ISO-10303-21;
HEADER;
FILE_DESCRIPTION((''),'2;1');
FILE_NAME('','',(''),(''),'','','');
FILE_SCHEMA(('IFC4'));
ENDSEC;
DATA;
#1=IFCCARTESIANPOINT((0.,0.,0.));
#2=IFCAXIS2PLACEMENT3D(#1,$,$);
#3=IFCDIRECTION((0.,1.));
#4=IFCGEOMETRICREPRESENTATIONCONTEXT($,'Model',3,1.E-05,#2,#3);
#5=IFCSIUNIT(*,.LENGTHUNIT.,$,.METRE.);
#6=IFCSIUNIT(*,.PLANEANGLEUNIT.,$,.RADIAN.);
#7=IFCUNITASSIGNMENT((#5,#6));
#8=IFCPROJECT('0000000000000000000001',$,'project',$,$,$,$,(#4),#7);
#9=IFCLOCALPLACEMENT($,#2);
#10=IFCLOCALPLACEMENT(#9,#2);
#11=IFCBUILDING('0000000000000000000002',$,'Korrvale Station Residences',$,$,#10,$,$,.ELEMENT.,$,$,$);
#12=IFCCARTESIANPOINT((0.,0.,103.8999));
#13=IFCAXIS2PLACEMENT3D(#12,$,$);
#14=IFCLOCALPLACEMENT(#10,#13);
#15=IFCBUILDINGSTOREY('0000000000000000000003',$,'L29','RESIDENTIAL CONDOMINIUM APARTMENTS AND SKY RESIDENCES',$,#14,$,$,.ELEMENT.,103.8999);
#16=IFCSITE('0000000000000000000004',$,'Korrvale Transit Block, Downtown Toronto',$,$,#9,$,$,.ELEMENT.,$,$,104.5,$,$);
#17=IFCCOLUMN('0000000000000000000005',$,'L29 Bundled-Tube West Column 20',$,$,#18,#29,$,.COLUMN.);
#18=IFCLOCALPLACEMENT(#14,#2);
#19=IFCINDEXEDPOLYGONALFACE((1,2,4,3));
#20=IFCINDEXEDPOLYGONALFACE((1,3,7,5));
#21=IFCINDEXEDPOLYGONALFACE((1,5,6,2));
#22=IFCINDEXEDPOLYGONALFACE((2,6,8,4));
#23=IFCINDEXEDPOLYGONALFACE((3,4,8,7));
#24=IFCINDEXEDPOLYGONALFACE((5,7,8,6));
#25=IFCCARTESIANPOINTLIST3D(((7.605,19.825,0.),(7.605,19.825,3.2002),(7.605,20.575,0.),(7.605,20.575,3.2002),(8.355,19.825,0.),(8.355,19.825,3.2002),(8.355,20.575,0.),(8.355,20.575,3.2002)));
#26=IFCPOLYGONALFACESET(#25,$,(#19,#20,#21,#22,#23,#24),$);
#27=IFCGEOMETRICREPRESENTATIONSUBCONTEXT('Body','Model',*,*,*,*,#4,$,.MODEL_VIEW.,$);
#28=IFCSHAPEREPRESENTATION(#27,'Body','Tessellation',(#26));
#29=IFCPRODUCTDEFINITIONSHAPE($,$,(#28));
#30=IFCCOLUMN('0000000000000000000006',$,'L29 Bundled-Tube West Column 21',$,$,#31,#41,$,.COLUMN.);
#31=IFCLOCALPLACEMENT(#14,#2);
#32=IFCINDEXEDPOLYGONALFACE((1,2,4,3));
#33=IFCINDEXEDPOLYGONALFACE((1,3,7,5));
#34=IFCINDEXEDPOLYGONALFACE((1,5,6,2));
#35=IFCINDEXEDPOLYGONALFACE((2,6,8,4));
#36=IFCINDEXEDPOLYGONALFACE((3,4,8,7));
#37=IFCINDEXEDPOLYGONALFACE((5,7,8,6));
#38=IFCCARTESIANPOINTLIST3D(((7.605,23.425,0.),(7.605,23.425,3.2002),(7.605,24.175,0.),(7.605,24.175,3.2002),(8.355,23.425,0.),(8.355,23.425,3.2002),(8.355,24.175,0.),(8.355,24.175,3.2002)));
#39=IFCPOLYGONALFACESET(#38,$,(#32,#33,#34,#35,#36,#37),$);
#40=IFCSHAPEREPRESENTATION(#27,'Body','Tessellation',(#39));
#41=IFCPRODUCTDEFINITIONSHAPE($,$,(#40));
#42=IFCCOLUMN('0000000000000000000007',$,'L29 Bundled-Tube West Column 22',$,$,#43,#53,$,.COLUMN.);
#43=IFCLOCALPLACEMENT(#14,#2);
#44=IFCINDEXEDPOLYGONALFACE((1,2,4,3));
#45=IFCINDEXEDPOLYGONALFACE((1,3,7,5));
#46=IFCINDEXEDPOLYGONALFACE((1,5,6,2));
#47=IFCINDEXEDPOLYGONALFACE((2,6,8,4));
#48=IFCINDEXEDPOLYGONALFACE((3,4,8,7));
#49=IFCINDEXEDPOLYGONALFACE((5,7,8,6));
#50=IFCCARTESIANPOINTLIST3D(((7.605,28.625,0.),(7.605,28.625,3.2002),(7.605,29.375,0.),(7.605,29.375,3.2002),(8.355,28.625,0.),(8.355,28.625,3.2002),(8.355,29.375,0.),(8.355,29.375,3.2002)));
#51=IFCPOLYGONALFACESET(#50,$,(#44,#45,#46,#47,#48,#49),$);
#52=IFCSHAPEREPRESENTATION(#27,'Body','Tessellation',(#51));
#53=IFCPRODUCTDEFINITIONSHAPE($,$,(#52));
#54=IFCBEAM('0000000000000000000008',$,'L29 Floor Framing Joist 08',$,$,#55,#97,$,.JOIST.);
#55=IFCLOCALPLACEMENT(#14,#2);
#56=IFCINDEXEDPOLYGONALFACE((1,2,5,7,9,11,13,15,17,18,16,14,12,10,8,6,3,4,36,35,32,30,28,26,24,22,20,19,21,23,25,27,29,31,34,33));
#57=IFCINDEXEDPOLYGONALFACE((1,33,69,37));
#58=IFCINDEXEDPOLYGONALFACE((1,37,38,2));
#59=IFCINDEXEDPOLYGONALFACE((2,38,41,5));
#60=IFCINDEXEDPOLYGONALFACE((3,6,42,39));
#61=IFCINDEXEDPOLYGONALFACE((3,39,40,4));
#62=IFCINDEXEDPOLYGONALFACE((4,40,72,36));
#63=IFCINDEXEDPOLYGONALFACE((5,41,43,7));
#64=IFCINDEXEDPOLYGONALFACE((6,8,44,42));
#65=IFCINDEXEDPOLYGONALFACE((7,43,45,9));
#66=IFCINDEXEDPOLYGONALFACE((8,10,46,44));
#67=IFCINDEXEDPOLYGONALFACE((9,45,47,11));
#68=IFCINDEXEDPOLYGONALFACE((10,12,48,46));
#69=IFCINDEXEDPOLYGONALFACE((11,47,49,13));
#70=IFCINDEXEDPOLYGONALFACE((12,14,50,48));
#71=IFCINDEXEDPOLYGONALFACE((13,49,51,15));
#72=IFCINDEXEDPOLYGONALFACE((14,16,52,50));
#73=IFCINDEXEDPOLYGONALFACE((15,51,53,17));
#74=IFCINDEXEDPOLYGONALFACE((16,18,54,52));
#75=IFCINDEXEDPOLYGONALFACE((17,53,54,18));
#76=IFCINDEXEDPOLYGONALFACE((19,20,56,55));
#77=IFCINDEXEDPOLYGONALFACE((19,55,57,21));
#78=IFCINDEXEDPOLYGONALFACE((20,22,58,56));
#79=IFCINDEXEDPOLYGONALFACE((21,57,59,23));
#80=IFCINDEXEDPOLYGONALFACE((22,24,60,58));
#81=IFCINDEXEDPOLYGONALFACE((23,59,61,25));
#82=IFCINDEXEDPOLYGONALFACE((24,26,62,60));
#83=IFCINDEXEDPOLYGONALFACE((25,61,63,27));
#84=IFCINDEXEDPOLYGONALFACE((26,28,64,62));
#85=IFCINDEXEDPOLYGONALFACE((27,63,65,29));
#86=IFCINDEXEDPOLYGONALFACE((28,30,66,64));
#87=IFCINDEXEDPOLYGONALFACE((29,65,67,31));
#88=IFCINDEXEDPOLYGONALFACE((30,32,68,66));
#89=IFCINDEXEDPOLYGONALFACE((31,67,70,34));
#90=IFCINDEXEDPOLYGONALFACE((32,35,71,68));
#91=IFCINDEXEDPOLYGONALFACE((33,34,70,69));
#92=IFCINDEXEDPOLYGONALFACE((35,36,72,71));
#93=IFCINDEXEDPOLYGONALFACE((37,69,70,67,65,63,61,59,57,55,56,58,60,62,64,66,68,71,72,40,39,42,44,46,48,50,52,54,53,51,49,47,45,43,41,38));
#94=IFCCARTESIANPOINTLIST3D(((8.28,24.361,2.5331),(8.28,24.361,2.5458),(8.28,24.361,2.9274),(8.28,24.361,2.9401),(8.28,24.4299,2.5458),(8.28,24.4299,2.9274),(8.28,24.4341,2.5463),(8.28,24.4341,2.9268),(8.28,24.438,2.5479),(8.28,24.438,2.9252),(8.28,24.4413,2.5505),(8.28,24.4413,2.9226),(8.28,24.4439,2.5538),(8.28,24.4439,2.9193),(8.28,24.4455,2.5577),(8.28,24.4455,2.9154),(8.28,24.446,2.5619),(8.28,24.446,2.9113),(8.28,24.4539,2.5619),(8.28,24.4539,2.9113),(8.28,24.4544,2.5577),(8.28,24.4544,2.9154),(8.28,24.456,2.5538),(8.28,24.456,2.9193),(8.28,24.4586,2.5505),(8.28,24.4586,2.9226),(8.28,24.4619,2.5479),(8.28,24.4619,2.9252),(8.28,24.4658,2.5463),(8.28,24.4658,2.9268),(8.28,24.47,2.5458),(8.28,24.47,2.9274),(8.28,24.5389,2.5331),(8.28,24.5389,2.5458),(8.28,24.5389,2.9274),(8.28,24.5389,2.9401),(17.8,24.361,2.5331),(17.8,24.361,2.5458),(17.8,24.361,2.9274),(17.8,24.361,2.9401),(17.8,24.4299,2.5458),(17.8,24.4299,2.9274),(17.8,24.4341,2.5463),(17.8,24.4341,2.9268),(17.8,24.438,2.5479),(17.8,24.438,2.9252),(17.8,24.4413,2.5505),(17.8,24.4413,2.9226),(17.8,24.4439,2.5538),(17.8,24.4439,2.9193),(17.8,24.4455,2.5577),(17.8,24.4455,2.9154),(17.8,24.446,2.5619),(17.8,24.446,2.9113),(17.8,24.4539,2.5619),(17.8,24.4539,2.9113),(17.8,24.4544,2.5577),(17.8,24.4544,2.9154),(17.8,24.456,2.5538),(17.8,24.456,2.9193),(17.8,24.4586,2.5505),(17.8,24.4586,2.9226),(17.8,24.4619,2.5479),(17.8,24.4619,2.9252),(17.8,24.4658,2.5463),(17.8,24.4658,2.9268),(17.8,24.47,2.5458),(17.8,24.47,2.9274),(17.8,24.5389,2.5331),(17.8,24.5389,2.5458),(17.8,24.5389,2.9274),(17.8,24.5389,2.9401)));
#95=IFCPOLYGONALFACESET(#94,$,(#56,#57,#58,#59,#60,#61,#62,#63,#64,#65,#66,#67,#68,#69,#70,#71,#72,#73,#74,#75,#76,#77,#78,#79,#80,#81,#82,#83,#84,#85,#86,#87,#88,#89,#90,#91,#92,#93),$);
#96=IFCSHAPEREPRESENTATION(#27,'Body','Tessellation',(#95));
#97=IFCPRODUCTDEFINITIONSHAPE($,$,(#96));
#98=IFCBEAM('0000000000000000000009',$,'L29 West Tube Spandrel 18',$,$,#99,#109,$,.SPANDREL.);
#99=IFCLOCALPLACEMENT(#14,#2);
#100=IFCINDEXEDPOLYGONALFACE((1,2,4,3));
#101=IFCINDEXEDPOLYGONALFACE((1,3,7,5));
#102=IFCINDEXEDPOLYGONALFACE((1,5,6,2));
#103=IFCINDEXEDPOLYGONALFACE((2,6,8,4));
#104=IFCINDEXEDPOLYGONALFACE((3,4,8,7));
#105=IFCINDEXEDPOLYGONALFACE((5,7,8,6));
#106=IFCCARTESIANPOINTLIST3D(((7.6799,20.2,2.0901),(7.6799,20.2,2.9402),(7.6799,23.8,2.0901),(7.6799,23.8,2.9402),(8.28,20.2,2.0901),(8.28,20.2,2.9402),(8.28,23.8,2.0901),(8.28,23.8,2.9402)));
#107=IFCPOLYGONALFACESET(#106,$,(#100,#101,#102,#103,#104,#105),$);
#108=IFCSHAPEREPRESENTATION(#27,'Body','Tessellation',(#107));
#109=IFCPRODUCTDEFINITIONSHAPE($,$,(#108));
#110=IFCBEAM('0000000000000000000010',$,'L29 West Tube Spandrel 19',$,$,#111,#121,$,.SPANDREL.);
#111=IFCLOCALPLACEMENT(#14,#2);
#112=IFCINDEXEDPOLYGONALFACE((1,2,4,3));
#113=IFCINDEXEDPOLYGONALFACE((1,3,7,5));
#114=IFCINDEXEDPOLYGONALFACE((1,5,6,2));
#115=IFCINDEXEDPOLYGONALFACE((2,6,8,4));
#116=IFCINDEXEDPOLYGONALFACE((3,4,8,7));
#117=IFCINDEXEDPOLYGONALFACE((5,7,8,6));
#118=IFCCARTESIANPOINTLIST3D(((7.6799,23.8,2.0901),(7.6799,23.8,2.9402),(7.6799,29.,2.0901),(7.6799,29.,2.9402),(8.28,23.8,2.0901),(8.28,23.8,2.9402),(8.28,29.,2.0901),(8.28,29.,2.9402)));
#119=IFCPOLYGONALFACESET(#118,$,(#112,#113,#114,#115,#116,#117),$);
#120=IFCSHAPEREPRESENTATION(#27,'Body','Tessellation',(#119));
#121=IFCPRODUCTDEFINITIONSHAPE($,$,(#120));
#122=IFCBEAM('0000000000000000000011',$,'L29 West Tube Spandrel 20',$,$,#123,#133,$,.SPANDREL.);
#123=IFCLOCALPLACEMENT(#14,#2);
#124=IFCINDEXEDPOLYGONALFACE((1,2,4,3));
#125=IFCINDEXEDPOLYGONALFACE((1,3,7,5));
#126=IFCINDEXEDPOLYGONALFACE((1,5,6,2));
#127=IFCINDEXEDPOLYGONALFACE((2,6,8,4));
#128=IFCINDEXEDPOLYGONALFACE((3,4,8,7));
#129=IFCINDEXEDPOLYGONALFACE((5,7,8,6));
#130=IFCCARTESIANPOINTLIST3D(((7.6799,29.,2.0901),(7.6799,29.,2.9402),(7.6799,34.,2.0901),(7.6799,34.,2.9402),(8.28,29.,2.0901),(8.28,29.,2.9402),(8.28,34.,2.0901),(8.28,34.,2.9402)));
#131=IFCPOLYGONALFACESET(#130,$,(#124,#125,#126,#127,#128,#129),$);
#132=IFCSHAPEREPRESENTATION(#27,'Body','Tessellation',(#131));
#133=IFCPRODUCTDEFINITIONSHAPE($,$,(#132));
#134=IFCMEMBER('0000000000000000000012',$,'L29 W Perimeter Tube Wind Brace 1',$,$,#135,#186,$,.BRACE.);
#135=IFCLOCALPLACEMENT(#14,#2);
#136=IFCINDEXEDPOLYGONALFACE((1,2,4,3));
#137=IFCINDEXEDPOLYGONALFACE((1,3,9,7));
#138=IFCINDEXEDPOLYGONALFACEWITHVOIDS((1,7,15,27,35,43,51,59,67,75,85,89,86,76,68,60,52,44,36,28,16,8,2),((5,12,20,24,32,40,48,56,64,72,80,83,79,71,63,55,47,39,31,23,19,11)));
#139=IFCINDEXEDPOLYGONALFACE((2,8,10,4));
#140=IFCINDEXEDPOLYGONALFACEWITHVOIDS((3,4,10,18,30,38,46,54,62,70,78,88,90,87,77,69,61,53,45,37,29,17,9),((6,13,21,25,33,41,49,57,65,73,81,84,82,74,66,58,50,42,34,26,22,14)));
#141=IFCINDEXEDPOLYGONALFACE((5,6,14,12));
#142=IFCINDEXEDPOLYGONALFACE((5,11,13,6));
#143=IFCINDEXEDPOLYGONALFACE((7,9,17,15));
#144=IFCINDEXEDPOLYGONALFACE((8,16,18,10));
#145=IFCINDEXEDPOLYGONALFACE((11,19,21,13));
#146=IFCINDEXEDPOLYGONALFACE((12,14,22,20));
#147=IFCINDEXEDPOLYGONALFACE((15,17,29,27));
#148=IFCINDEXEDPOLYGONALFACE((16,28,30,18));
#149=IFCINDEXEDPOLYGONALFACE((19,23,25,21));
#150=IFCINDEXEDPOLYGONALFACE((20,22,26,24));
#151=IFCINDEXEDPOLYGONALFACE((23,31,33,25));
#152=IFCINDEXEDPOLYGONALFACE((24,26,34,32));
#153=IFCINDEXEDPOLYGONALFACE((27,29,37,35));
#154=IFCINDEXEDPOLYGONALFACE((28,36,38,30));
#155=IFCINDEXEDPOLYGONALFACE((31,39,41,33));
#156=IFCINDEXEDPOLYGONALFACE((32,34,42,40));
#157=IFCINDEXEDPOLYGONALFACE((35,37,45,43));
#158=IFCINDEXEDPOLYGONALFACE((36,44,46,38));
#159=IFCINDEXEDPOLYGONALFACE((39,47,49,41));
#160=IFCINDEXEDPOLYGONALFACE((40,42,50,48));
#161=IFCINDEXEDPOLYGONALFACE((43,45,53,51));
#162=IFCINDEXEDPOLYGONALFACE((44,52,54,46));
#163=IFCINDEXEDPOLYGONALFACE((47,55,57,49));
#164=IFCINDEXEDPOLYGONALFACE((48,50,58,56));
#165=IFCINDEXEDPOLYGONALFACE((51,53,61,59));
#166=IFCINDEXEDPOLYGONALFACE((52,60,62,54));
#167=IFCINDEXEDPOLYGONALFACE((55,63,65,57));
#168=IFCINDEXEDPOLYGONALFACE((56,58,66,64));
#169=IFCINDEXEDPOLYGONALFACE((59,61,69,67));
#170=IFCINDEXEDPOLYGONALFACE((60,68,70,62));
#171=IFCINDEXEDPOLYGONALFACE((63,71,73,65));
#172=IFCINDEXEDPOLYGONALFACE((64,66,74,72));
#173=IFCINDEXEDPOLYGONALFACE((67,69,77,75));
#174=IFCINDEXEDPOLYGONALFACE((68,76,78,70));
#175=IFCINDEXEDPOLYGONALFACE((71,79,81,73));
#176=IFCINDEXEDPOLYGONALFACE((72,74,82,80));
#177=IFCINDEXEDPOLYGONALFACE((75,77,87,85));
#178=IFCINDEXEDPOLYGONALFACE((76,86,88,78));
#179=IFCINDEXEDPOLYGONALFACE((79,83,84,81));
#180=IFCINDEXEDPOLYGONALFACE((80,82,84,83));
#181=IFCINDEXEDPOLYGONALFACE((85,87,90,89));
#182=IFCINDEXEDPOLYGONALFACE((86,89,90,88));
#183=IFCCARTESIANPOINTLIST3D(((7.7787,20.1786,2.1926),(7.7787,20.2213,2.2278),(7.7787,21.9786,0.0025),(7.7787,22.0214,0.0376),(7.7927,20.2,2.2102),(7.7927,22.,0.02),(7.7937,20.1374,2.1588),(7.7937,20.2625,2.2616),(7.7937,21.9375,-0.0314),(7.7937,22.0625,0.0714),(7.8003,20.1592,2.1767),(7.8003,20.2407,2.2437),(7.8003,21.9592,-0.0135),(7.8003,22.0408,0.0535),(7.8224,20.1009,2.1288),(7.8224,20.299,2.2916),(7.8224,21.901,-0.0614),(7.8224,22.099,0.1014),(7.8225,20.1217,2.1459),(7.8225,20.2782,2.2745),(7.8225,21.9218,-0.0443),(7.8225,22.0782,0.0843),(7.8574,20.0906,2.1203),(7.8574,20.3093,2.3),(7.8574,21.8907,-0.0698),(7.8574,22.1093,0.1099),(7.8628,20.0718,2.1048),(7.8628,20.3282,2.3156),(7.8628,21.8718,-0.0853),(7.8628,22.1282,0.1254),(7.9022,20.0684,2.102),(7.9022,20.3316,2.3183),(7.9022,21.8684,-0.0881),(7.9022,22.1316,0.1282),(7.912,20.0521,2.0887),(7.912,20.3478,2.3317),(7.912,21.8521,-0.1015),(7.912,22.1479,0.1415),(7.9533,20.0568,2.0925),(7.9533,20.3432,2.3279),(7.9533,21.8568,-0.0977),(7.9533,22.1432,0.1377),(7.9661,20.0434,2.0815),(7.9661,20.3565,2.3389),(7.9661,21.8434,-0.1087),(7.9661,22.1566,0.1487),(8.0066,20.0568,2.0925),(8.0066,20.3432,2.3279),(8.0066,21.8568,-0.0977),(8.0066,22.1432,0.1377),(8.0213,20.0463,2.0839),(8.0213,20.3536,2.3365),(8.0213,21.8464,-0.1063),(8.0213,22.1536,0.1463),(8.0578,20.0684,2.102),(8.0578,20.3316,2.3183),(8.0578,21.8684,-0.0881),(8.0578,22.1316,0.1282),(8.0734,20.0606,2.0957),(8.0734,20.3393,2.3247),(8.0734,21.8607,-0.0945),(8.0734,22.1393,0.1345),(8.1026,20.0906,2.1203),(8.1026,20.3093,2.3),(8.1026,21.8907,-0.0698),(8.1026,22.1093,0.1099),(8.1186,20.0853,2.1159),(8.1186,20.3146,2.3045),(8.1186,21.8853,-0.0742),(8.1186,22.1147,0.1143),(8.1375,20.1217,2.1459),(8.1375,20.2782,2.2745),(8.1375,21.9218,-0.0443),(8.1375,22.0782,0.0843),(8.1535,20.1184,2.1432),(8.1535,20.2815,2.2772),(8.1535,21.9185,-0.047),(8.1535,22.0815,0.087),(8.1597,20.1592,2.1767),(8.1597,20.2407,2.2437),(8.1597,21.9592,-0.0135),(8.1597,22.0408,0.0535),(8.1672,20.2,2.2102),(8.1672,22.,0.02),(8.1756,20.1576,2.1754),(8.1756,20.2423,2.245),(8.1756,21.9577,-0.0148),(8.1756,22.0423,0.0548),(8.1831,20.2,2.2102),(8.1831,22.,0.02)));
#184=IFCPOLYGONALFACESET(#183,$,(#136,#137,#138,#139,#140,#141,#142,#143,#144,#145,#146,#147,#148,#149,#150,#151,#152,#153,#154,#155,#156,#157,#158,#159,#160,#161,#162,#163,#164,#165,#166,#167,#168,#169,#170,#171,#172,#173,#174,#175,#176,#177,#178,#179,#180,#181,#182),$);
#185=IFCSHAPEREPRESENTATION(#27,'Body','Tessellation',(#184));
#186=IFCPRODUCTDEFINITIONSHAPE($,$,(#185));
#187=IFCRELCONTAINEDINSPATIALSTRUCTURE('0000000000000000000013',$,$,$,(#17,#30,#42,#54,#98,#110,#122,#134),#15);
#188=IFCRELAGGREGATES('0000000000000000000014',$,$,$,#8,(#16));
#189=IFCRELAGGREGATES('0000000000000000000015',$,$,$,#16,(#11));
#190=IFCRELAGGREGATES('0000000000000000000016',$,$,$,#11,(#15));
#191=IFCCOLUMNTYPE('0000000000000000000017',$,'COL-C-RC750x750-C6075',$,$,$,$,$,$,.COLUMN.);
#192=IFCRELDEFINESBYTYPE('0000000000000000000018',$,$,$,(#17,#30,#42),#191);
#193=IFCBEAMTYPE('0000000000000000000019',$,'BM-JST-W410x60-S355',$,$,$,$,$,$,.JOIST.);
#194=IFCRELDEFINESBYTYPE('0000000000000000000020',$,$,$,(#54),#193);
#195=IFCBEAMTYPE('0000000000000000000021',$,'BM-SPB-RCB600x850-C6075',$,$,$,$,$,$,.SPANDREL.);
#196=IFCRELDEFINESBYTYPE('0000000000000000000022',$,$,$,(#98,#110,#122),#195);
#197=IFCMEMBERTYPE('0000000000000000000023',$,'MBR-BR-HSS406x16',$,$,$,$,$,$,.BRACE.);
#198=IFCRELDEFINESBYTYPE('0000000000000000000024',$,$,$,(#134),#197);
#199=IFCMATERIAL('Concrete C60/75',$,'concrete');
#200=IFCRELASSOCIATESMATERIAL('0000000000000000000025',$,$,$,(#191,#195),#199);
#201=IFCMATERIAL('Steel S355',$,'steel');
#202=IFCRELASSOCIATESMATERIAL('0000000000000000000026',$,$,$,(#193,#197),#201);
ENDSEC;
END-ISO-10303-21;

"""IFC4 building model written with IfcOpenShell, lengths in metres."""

from ifc_helpers import new_model, si_unit, direction, frame, origin, origin_2d, place, context, subcontext, project, spatial, rectangle, hollow_circle, i_section, extrude, material, material_profile, profile_set, type_object, element, save


model = new_model("IFC4")

# Units and contexts
model_context = context("Model", 3, precision=1e-05, world=origin(), true_north=direction((0.0, 1.0)))
body_context = subcontext(model_context, "Body", "Model", "MODEL_VIEW")
ifc_project = project(units=[si_unit("LENGTHUNIT", "METRE"), si_unit("PLANEANGLEUNIT", "RADIAN")], contexts=[model_context])

# Site, building, storey
site_placement = place(None, origin())
site = spatial("IfcSite", under=ifc_project, at=site_placement, Name="Korrvale Transit Block, Downtown Toronto", CompositionType="ELEMENT", RefElevation=104.5)
building_placement = place(site_placement, origin())
building = spatial("IfcBuilding", under=site, at=building_placement, Name="Korrvale Station Residences", CompositionType="ELEMENT")
storey_placement = place(building_placement, frame((0.0, 0.0, 103.8999)))
storey = spatial("IfcBuildingStorey", under=building, at=storey_placement, Name="L29", Description="RESIDENTIAL CONDOMINIUM APARTMENTS AND SKY RESIDENCES", CompositionType="ELEMENT", Elevation=103.8999)

# Columns
ifc_material_1 = material(Name="Concrete C60/75", Category="concrete")
ifc_material_profile_1 = material_profile(ifc_material_1, rectangle(XDim=0.75, YDim=0.75, at=origin_2d()), Name="RC750x750")
ifc_profile_set_1 = profile_set([ifc_material_profile_1], Name="Concrete C60/75")
column_type = type_object("IfcColumnType", Name="COL-C-RC750x750-C6075", PredefinedType="COLUMN", material=ifc_profile_set_1)
for number, where, z_axis, x_axis, name in (
    (1, (7.98, 20.2, 0.0), (0.0, 0.0, 1.0), (1.0, 0.0, 0.0), "L29 Bundled-Tube West Column 20"),
    (2, (7.98, 23.8, 0.0), (0.0, 0.0, 1.0), (1.0, 0.0, 0.0), "L29 Bundled-Tube West Column 21"),
    (3, (7.98, 29.0, 0.0), (0.0, 0.0, 1.0), (1.0, 0.0, 0.0), "L29 Bundled-Tube West Column 22"),
):
    element("IfcColumn", number, at=place(storey_placement, frame(where, z_axis=z_axis, x_axis=x_axis)), inside=storey, type_object=column_type, Name=name, PredefinedType="COLUMN", context=body_context, shape_type="SweptSolid", body=[
        extrude(rectangle(XDim=0.75, YDim=0.75, at=origin_2d()), origin(), (0.0, 0.0, 1.0), 3.2002),
    ])

# Beams
ifc_material_2 = material(Name="Steel S355", Category="steel")
ifc_material_profile_2 = material_profile(ifc_material_2, i_section(OverallWidth=0.178, OverallDepth=0.407, WebThickness=0.0078, FlangeThickness=0.0127, FilletRadius=0.0161, at=origin_2d()), Name="W410x60")
ifc_profile_set_2 = profile_set([ifc_material_profile_2], Name="Steel S355")
beam_type_1 = type_object("IfcBeamType", Name="BM-JST-W410x60-S355", PredefinedType="JOIST", material=ifc_profile_set_2)
beam_1_placement = place(storey_placement, frame((8.28, 24.45, 2.7366), z_axis=(1.0, 0.0, 0.0), x_axis=(0.0, 1.0, 0.0)))
element("IfcBeam", 4, at=beam_1_placement, inside=storey, type_object=beam_type_1, Name="L29 Floor Framing Joist 08", PredefinedType="JOIST", context=body_context, shape_type="SweptSolid", body=[
    extrude(i_section(OverallWidth=0.178, OverallDepth=0.407, WebThickness=0.0078, FlangeThickness=0.0127, FilletRadius=0.0161, at=origin_2d()), origin(), (0.0, 0.0, 1.0), 9.52),
])
ifc_material_profile_3 = material_profile(ifc_material_1, rectangle(XDim=0.6001, YDim=0.8501, at=origin_2d()), Name="RCB600x850")
ifc_profile_set_3 = profile_set([ifc_material_profile_3], Name="Concrete C60/75")
beam_type_2 = type_object("IfcBeamType", Name="BM-SPB-RCB600x850-C6075", PredefinedType="SPANDREL", material=ifc_profile_set_3)
beam_2_placement = place(storey_placement, frame((7.98, 20.2, 2.5151), z_axis=(0.0, 1.0, 0.0), x_axis=(-1.0, 0.0, 0.0)))
element("IfcBeam", 5, at=beam_2_placement, inside=storey, type_object=beam_type_2, Name="L29 West Tube Spandrel 18", PredefinedType="SPANDREL", context=body_context, shape_type="SweptSolid", body=[
    extrude(rectangle(XDim=0.6001, YDim=0.8501, at=origin_2d()), origin(), (0.0, 0.0, 1.0), 3.6001),
])
beam_3_placement = place(storey_placement, frame((7.98, 23.8, 2.5151), z_axis=(0.0, 1.0, 0.0), x_axis=(-1.0, 0.0, 0.0)))
element("IfcBeam", 6, at=beam_3_placement, inside=storey, type_object=beam_type_2, Name="L29 West Tube Spandrel 19", PredefinedType="SPANDREL", context=body_context, shape_type="SweptSolid", body=[
    extrude(rectangle(XDim=0.6001, YDim=0.8501, at=origin_2d()), origin(), (0.0, 0.0, 1.0), 5.2),
])
beam_4_placement = place(storey_placement, frame((7.98, 29.0, 2.5151), z_axis=(0.0, 1.0, 0.0), x_axis=(-1.0, 0.0, 0.0)))
element("IfcBeam", 7, at=beam_4_placement, inside=storey, type_object=beam_type_2, Name="L29 West Tube Spandrel 20", PredefinedType="SPANDREL", context=body_context, shape_type="SweptSolid", body=[
    extrude(rectangle(XDim=0.6001, YDim=0.8501, at=origin_2d()), origin(), (0.0, 0.0, 1.0), 5.0),
])

# Member
ifc_material_profile_4 = material_profile(ifc_material_2, hollow_circle(Radius=0.2031, WallThickness=0.0159, at=origin_2d()), Name="HSS406x16")
ifc_profile_set_4 = profile_set([ifc_material_profile_4], Name="Steel S355")
member_type = type_object("IfcMemberType", Name="MBR-BR-HSS406x16", PredefinedType="BRACE", material=ifc_profile_set_4)
for number, where, z_axis, x_axis, name in (
    (8, (7.98, 22.0, 0.02), (0.0, -0.634943, 0.772559), (1.0, 0.0, 0.0), "L29 W Perimeter Tube Wind Brace 1"),
):
    element("IfcMember", number, at=place(storey_placement, frame(where, z_axis=z_axis, x_axis=x_axis)), inside=storey, type_object=member_type, Name=name, PredefinedType="BRACE", context=body_context, shape_type="SweptSolid", body=[
        extrude(hollow_circle(Radius=0.2031, WallThickness=0.0159, at=origin_2d()), origin(), (0.0, 0.0, 1.0), 2.835),
    ])

save(model, "model.ifc")
